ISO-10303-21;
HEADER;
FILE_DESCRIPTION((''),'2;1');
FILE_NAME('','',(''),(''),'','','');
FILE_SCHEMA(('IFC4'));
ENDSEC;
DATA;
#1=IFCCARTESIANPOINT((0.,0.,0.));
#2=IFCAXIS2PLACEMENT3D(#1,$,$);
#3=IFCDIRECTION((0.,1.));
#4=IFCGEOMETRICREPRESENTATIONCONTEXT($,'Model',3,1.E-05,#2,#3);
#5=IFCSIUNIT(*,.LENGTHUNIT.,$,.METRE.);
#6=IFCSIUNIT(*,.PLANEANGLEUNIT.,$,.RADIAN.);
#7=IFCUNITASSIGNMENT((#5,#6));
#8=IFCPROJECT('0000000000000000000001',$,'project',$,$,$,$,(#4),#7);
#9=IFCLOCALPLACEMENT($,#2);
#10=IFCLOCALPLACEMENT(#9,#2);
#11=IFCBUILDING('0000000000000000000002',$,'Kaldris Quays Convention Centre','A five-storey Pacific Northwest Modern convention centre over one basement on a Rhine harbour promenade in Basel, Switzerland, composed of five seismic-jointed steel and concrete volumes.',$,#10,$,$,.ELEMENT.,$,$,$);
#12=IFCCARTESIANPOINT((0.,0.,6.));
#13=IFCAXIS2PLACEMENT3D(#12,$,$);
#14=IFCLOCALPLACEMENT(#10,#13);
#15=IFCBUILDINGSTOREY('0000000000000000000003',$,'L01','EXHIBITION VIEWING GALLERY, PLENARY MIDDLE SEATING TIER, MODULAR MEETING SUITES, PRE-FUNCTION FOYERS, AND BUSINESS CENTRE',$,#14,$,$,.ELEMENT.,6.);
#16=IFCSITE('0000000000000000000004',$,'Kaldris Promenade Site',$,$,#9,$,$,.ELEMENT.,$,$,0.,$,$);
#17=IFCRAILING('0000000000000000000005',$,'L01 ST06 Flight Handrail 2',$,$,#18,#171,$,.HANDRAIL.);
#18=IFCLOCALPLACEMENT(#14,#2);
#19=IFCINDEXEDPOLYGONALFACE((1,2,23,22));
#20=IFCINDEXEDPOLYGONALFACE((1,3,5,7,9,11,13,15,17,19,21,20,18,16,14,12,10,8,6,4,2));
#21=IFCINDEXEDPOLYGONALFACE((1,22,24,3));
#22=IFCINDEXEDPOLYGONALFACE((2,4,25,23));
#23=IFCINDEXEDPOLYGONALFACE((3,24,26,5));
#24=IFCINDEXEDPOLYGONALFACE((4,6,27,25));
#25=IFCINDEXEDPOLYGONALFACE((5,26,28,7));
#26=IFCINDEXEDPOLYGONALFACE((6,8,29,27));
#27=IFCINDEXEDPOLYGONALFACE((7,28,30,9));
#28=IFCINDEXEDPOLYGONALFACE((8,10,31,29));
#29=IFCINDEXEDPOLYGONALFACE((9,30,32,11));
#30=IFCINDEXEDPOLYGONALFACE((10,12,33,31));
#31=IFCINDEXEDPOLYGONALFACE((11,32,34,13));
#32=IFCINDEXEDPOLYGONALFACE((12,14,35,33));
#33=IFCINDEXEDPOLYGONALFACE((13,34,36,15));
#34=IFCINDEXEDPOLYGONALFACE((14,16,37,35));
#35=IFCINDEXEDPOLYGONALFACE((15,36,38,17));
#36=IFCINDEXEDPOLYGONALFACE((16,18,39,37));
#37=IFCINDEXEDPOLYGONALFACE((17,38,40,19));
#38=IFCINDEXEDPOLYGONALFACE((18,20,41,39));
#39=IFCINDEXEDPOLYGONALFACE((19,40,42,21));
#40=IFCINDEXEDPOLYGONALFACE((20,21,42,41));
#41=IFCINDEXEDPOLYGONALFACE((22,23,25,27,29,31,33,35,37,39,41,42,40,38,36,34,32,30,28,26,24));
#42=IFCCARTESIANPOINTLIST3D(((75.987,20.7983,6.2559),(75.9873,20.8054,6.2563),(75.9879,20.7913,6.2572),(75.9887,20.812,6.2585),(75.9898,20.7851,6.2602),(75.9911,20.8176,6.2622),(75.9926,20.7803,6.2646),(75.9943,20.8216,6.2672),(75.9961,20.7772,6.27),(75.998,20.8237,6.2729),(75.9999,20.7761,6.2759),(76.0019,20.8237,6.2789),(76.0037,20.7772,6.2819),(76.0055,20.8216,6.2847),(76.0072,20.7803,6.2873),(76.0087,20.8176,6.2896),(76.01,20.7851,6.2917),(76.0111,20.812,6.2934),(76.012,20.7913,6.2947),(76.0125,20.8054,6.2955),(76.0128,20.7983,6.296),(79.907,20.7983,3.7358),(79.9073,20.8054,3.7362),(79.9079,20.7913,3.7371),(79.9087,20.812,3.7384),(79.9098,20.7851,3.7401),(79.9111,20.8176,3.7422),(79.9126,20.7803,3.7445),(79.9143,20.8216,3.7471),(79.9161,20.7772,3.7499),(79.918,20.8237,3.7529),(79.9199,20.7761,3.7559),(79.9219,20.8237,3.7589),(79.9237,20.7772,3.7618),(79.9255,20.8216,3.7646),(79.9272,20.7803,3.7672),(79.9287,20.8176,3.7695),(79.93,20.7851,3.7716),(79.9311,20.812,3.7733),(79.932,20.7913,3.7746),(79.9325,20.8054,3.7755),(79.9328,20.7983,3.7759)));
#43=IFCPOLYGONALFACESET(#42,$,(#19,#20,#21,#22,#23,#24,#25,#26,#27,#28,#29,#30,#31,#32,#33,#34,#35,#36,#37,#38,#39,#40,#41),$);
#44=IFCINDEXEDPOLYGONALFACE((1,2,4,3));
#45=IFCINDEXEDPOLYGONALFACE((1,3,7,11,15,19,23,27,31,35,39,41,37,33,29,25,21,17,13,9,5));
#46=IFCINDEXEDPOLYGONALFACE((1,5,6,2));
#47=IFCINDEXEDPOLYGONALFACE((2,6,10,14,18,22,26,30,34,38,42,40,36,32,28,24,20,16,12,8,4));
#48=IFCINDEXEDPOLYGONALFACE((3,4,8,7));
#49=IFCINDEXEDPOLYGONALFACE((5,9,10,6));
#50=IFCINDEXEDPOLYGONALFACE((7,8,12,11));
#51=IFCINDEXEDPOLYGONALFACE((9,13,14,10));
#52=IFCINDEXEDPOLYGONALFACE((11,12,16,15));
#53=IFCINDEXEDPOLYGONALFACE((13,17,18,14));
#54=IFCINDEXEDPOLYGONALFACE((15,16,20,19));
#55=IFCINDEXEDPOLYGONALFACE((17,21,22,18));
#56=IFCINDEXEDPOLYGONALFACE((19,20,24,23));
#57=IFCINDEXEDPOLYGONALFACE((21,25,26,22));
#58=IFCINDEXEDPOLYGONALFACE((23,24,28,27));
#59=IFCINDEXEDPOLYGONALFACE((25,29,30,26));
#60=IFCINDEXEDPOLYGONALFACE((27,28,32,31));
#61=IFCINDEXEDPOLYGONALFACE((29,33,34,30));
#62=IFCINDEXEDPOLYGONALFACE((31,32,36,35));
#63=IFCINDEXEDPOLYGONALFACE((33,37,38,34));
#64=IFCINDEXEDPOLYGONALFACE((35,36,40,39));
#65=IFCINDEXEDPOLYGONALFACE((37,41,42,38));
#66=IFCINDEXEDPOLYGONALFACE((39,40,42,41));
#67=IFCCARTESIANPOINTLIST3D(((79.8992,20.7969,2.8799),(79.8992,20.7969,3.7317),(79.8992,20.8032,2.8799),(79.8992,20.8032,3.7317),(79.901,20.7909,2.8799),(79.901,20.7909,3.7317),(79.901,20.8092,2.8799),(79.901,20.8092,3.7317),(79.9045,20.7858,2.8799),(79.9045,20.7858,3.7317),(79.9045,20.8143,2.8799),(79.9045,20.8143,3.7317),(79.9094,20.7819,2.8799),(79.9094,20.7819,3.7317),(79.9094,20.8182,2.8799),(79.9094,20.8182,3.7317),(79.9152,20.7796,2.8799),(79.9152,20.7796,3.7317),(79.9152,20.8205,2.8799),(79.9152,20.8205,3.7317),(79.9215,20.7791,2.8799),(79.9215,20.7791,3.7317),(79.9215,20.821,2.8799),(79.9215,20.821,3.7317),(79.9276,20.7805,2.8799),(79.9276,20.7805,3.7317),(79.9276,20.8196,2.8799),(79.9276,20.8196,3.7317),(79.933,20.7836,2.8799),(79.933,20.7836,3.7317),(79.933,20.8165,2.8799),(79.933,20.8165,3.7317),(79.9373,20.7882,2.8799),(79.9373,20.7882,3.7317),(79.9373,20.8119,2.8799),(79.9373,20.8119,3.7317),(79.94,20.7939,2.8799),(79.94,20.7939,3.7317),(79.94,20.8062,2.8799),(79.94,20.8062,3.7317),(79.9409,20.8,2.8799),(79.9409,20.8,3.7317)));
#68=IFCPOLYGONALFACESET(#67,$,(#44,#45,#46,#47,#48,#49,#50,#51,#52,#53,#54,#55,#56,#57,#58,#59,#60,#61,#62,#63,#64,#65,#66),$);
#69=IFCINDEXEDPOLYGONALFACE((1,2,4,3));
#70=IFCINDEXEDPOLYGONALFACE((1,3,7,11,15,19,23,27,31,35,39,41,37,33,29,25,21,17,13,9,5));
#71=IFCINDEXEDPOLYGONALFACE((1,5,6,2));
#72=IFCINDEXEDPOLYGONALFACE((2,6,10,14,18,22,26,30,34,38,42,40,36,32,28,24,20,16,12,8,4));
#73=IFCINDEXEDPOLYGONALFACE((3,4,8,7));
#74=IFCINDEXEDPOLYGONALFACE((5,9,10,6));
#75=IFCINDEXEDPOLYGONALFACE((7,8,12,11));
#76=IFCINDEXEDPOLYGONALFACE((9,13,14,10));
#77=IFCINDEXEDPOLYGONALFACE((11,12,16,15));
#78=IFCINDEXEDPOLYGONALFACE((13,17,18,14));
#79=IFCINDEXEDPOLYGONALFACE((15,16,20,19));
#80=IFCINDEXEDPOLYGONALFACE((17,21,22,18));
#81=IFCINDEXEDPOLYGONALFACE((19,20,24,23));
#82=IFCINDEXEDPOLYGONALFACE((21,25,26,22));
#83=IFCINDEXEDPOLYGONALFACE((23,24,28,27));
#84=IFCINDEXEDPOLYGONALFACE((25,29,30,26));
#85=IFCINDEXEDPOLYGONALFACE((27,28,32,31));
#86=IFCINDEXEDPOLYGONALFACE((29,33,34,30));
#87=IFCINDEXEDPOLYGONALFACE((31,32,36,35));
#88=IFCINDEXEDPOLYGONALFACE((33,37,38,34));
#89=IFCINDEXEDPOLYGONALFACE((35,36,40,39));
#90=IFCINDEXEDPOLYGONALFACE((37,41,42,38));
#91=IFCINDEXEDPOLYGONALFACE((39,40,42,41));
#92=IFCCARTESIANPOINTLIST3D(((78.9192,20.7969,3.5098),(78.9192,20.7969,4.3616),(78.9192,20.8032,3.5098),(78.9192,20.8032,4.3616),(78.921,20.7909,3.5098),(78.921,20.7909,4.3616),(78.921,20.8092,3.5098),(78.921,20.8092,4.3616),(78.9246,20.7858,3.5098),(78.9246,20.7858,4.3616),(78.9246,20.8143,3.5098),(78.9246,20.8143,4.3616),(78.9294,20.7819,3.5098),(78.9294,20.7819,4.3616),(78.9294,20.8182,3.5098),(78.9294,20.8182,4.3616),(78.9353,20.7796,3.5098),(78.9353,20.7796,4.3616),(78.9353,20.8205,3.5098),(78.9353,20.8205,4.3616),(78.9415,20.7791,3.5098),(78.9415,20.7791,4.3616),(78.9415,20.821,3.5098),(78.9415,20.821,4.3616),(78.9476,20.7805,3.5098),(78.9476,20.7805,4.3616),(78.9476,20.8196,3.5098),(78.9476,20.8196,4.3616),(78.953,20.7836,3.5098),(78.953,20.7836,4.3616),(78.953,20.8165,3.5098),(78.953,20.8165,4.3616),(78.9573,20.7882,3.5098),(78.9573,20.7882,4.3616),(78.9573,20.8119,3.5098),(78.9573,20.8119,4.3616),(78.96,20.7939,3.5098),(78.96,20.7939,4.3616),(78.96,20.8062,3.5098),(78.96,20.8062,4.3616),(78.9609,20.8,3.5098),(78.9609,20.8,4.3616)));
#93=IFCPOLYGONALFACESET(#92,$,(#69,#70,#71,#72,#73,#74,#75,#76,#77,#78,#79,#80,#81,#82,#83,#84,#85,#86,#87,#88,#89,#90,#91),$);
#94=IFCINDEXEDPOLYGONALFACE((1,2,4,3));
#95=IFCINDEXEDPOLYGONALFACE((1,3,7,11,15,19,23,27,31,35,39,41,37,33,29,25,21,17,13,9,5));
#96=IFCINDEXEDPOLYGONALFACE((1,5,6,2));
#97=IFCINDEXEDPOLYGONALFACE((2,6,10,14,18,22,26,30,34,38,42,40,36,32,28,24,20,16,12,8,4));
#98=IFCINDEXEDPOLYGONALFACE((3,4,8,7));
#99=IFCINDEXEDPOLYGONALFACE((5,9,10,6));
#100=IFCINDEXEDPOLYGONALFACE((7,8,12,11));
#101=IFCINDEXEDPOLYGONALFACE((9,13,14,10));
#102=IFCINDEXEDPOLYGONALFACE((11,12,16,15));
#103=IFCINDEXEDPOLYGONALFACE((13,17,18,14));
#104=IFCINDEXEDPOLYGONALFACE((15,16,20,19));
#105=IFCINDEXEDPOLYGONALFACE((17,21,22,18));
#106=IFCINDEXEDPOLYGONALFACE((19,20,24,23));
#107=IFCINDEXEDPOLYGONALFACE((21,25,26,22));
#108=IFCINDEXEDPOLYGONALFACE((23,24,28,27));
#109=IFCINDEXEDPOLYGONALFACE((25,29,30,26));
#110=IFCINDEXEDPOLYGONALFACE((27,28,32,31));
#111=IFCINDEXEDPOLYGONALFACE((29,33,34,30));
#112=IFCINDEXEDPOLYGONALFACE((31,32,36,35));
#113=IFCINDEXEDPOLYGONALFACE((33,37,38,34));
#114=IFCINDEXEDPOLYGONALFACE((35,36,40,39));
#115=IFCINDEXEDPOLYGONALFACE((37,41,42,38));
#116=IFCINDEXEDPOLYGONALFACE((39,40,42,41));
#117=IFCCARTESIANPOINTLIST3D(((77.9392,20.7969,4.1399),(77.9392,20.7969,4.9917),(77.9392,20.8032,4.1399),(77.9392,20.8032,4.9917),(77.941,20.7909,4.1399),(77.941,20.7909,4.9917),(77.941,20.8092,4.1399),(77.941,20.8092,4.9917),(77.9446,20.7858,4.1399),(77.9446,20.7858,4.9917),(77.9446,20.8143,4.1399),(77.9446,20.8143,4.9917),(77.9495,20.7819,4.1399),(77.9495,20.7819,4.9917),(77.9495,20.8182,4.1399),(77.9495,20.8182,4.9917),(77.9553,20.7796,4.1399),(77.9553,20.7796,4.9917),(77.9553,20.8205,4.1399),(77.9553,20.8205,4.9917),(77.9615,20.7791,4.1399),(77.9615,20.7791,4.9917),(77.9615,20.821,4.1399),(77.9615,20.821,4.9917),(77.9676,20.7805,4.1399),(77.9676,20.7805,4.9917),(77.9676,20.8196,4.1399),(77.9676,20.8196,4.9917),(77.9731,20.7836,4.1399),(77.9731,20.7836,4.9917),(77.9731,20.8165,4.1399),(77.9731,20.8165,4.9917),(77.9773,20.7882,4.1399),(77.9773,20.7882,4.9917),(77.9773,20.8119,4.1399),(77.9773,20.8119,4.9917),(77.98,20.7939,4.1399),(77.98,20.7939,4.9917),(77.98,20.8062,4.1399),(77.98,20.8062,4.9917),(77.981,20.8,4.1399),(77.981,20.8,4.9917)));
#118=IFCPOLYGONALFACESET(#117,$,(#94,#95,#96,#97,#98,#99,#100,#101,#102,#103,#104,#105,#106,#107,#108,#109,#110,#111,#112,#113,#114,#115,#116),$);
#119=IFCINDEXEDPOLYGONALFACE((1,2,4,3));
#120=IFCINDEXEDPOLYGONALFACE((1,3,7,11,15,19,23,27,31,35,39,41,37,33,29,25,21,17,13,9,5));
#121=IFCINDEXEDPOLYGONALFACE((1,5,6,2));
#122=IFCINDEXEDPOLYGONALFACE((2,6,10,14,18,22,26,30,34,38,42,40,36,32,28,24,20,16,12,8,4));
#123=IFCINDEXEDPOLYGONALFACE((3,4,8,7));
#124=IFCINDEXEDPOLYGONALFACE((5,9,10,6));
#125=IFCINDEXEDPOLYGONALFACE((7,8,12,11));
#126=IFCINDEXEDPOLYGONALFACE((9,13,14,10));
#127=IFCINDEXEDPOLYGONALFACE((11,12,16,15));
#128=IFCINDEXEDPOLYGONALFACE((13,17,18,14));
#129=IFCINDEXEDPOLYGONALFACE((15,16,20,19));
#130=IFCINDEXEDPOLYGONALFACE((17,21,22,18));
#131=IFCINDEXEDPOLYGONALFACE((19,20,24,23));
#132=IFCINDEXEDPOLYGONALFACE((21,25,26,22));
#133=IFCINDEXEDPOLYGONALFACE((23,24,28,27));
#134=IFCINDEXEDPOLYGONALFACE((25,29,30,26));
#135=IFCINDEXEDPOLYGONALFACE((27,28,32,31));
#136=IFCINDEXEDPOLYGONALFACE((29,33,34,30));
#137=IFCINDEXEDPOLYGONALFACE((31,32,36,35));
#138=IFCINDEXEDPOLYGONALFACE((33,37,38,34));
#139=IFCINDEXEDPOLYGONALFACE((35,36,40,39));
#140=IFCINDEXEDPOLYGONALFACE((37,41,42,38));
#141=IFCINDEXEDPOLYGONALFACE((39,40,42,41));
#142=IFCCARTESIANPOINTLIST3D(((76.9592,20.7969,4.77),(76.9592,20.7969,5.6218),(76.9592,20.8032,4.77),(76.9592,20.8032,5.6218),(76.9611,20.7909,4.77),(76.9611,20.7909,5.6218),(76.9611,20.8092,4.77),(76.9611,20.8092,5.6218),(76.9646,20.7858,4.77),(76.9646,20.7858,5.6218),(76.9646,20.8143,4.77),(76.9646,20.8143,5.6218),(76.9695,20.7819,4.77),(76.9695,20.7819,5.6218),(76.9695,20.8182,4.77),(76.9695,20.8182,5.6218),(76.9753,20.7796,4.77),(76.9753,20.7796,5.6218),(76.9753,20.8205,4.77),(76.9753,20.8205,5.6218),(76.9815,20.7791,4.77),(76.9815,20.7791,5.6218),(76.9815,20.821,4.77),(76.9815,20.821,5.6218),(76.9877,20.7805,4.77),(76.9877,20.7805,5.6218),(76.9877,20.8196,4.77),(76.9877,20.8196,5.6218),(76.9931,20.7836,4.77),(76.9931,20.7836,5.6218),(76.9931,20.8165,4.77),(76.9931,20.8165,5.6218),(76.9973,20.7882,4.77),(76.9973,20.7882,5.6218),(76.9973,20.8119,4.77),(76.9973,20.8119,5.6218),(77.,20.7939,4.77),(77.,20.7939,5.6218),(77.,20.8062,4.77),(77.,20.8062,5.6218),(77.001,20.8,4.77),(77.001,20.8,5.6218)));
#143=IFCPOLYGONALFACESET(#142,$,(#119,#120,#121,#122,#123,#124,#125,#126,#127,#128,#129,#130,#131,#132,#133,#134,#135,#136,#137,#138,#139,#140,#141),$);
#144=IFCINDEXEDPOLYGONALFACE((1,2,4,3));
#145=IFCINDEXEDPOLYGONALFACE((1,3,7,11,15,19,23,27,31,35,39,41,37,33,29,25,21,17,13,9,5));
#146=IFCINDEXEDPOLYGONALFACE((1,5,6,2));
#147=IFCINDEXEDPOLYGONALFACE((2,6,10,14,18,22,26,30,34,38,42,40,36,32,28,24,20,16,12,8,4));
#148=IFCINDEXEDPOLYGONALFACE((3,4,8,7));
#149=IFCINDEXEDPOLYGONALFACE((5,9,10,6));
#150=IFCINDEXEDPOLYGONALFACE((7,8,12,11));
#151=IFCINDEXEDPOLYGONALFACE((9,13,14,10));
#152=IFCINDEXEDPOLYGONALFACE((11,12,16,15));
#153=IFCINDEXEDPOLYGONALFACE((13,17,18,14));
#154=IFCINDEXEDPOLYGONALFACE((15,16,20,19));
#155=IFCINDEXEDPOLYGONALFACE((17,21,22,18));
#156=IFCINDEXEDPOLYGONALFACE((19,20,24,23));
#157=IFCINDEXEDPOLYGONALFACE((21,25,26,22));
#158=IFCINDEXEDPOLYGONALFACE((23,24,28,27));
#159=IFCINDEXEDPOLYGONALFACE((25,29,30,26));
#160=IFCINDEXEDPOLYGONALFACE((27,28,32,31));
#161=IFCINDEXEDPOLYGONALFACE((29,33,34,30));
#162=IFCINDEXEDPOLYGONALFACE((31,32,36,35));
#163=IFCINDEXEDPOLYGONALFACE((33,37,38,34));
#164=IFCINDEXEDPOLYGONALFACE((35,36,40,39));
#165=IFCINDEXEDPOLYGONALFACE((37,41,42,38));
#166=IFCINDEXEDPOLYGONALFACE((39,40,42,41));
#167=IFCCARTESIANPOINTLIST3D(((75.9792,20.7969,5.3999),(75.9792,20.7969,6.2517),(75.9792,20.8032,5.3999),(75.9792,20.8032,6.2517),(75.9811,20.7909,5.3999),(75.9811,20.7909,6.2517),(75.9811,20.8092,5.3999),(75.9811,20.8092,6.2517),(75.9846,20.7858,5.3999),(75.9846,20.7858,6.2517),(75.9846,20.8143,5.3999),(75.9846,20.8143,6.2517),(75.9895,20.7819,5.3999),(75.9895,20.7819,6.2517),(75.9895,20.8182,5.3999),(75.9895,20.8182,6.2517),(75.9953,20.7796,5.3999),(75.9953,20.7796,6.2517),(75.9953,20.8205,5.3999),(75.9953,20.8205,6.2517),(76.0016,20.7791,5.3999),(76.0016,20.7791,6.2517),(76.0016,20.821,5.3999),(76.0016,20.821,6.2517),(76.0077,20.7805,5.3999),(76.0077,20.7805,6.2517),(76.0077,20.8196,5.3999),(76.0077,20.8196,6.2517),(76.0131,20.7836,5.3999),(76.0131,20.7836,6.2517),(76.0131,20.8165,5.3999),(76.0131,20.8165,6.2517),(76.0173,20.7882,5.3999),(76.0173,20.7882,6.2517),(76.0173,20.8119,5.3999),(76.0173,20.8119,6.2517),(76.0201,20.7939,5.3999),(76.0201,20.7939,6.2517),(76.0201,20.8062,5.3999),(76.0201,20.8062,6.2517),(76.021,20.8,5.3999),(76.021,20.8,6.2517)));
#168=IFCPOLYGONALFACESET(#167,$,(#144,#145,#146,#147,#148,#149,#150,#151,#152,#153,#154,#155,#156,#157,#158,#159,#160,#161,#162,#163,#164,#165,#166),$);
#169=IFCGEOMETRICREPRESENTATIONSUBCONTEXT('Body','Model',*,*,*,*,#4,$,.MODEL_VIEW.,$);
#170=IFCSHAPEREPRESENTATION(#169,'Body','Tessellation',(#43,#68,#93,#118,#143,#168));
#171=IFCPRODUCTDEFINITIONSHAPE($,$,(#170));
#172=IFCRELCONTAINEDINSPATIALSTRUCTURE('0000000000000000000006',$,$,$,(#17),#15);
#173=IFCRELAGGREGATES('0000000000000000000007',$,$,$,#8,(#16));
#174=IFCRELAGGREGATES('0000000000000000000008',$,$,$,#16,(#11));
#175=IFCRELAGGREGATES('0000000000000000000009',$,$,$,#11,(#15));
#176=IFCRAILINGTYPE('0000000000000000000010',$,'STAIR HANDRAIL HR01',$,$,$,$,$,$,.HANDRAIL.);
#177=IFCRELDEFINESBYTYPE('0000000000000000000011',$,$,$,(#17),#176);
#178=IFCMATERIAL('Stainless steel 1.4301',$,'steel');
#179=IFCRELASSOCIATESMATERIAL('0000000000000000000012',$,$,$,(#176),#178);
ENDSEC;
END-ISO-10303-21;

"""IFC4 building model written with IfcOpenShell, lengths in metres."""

from ifc_helpers import new_model, si_unit, direction, frame, origin, origin_2d, place, context, subcontext, project, spatial, circle, extrude, material, type_object, element, save


model = new_model("IFC4")

# Units and contexts
model_context = context("Model", 3, precision=1e-05, world=origin(), true_north=direction((0.0, 1.0)))
body_context = subcontext(model_context, "Body", "Model", "MODEL_VIEW")
ifc_project = project(units=[si_unit("LENGTHUNIT", "METRE"), si_unit("PLANEANGLEUNIT", "RADIAN")], contexts=[model_context])

# Site, building, storey
site_placement = place(None, origin())
site = spatial("IfcSite", under=ifc_project, at=site_placement, Name="Kaldris Promenade Site", CompositionType="ELEMENT", RefElevation=0.0)
building_placement = place(site_placement, origin())
building = spatial("IfcBuilding", under=site, at=building_placement, Name="Kaldris Quays Convention Centre", Description="A five-storey Pacific Northwest Modern convention centre over one basement on a Rhine harbour promenade in Basel, Switzerland, composed of five seismic-jointed steel and concrete volumes.", CompositionType="ELEMENT")
storey_placement = place(building_placement, frame((0.0, 0.0, 6.0)))
storey = spatial("IfcBuildingStorey", under=building, at=storey_placement, Name="L01", Description="EXHIBITION VIEWING GALLERY, PLENARY MIDDLE SEATING TIER, MODULAR MEETING SUITES, PRE-FUNCTION FOYERS, AND BUSINESS CENTRE", CompositionType="ELEMENT", Elevation=6.0)

# Railing
ifc_material_1 = material(Name="Stainless steel 1.4301", Category="steel")
railing_type_1 = type_object("IfcRailingType", Name="STAIR HANDRAIL HR01", PredefinedType="HANDRAIL", material=ifc_material_1)
railing_1_placement = place(storey_placement, frame((79.9199, 20.8, 2.8799)))
element("IfcRailing", 1, at=railing_1_placement, inside=storey, type_object=railing_type_1, Name="L01 ST06 Flight Handrail 2", PredefinedType="HANDRAIL", context=body_context, shape_type="SweptSolid", body=[
    extrude(circle(Radius=0.0239, at=origin_2d()), frame((0.0, 0.0, 0.876), z_axis=(-0.841172, 0.0, 0.540768), x_axis=(0.0, -1.0, 0.0)), (0.0, 0.0, 1.0), 4.6602),
    extrude(circle(Radius=0.021, at=origin_2d()), origin(), (0.0, 0.0, 1.0), 0.8518),
    extrude(circle(Radius=0.021, at=origin_2d()), frame((-0.98, 0.0, 0.6299)), (0.0, 0.0, 1.0), 0.8518),
    extrude(circle(Radius=0.021, at=origin_2d()), frame((-1.96, 0.0, 1.26)), (0.0, 0.0, 1.0), 0.8518),
    extrude(circle(Radius=0.021, at=origin_2d()), frame((-2.9399, 0.0, 1.8901)), (0.0, 0.0, 1.0), 0.8518),
    extrude(circle(Radius=0.021, at=origin_2d()), frame((-3.9199, 0.0, 2.52)), (0.0, 0.0, 1.0), 0.8518),
])

save(model, "model.ifc")
